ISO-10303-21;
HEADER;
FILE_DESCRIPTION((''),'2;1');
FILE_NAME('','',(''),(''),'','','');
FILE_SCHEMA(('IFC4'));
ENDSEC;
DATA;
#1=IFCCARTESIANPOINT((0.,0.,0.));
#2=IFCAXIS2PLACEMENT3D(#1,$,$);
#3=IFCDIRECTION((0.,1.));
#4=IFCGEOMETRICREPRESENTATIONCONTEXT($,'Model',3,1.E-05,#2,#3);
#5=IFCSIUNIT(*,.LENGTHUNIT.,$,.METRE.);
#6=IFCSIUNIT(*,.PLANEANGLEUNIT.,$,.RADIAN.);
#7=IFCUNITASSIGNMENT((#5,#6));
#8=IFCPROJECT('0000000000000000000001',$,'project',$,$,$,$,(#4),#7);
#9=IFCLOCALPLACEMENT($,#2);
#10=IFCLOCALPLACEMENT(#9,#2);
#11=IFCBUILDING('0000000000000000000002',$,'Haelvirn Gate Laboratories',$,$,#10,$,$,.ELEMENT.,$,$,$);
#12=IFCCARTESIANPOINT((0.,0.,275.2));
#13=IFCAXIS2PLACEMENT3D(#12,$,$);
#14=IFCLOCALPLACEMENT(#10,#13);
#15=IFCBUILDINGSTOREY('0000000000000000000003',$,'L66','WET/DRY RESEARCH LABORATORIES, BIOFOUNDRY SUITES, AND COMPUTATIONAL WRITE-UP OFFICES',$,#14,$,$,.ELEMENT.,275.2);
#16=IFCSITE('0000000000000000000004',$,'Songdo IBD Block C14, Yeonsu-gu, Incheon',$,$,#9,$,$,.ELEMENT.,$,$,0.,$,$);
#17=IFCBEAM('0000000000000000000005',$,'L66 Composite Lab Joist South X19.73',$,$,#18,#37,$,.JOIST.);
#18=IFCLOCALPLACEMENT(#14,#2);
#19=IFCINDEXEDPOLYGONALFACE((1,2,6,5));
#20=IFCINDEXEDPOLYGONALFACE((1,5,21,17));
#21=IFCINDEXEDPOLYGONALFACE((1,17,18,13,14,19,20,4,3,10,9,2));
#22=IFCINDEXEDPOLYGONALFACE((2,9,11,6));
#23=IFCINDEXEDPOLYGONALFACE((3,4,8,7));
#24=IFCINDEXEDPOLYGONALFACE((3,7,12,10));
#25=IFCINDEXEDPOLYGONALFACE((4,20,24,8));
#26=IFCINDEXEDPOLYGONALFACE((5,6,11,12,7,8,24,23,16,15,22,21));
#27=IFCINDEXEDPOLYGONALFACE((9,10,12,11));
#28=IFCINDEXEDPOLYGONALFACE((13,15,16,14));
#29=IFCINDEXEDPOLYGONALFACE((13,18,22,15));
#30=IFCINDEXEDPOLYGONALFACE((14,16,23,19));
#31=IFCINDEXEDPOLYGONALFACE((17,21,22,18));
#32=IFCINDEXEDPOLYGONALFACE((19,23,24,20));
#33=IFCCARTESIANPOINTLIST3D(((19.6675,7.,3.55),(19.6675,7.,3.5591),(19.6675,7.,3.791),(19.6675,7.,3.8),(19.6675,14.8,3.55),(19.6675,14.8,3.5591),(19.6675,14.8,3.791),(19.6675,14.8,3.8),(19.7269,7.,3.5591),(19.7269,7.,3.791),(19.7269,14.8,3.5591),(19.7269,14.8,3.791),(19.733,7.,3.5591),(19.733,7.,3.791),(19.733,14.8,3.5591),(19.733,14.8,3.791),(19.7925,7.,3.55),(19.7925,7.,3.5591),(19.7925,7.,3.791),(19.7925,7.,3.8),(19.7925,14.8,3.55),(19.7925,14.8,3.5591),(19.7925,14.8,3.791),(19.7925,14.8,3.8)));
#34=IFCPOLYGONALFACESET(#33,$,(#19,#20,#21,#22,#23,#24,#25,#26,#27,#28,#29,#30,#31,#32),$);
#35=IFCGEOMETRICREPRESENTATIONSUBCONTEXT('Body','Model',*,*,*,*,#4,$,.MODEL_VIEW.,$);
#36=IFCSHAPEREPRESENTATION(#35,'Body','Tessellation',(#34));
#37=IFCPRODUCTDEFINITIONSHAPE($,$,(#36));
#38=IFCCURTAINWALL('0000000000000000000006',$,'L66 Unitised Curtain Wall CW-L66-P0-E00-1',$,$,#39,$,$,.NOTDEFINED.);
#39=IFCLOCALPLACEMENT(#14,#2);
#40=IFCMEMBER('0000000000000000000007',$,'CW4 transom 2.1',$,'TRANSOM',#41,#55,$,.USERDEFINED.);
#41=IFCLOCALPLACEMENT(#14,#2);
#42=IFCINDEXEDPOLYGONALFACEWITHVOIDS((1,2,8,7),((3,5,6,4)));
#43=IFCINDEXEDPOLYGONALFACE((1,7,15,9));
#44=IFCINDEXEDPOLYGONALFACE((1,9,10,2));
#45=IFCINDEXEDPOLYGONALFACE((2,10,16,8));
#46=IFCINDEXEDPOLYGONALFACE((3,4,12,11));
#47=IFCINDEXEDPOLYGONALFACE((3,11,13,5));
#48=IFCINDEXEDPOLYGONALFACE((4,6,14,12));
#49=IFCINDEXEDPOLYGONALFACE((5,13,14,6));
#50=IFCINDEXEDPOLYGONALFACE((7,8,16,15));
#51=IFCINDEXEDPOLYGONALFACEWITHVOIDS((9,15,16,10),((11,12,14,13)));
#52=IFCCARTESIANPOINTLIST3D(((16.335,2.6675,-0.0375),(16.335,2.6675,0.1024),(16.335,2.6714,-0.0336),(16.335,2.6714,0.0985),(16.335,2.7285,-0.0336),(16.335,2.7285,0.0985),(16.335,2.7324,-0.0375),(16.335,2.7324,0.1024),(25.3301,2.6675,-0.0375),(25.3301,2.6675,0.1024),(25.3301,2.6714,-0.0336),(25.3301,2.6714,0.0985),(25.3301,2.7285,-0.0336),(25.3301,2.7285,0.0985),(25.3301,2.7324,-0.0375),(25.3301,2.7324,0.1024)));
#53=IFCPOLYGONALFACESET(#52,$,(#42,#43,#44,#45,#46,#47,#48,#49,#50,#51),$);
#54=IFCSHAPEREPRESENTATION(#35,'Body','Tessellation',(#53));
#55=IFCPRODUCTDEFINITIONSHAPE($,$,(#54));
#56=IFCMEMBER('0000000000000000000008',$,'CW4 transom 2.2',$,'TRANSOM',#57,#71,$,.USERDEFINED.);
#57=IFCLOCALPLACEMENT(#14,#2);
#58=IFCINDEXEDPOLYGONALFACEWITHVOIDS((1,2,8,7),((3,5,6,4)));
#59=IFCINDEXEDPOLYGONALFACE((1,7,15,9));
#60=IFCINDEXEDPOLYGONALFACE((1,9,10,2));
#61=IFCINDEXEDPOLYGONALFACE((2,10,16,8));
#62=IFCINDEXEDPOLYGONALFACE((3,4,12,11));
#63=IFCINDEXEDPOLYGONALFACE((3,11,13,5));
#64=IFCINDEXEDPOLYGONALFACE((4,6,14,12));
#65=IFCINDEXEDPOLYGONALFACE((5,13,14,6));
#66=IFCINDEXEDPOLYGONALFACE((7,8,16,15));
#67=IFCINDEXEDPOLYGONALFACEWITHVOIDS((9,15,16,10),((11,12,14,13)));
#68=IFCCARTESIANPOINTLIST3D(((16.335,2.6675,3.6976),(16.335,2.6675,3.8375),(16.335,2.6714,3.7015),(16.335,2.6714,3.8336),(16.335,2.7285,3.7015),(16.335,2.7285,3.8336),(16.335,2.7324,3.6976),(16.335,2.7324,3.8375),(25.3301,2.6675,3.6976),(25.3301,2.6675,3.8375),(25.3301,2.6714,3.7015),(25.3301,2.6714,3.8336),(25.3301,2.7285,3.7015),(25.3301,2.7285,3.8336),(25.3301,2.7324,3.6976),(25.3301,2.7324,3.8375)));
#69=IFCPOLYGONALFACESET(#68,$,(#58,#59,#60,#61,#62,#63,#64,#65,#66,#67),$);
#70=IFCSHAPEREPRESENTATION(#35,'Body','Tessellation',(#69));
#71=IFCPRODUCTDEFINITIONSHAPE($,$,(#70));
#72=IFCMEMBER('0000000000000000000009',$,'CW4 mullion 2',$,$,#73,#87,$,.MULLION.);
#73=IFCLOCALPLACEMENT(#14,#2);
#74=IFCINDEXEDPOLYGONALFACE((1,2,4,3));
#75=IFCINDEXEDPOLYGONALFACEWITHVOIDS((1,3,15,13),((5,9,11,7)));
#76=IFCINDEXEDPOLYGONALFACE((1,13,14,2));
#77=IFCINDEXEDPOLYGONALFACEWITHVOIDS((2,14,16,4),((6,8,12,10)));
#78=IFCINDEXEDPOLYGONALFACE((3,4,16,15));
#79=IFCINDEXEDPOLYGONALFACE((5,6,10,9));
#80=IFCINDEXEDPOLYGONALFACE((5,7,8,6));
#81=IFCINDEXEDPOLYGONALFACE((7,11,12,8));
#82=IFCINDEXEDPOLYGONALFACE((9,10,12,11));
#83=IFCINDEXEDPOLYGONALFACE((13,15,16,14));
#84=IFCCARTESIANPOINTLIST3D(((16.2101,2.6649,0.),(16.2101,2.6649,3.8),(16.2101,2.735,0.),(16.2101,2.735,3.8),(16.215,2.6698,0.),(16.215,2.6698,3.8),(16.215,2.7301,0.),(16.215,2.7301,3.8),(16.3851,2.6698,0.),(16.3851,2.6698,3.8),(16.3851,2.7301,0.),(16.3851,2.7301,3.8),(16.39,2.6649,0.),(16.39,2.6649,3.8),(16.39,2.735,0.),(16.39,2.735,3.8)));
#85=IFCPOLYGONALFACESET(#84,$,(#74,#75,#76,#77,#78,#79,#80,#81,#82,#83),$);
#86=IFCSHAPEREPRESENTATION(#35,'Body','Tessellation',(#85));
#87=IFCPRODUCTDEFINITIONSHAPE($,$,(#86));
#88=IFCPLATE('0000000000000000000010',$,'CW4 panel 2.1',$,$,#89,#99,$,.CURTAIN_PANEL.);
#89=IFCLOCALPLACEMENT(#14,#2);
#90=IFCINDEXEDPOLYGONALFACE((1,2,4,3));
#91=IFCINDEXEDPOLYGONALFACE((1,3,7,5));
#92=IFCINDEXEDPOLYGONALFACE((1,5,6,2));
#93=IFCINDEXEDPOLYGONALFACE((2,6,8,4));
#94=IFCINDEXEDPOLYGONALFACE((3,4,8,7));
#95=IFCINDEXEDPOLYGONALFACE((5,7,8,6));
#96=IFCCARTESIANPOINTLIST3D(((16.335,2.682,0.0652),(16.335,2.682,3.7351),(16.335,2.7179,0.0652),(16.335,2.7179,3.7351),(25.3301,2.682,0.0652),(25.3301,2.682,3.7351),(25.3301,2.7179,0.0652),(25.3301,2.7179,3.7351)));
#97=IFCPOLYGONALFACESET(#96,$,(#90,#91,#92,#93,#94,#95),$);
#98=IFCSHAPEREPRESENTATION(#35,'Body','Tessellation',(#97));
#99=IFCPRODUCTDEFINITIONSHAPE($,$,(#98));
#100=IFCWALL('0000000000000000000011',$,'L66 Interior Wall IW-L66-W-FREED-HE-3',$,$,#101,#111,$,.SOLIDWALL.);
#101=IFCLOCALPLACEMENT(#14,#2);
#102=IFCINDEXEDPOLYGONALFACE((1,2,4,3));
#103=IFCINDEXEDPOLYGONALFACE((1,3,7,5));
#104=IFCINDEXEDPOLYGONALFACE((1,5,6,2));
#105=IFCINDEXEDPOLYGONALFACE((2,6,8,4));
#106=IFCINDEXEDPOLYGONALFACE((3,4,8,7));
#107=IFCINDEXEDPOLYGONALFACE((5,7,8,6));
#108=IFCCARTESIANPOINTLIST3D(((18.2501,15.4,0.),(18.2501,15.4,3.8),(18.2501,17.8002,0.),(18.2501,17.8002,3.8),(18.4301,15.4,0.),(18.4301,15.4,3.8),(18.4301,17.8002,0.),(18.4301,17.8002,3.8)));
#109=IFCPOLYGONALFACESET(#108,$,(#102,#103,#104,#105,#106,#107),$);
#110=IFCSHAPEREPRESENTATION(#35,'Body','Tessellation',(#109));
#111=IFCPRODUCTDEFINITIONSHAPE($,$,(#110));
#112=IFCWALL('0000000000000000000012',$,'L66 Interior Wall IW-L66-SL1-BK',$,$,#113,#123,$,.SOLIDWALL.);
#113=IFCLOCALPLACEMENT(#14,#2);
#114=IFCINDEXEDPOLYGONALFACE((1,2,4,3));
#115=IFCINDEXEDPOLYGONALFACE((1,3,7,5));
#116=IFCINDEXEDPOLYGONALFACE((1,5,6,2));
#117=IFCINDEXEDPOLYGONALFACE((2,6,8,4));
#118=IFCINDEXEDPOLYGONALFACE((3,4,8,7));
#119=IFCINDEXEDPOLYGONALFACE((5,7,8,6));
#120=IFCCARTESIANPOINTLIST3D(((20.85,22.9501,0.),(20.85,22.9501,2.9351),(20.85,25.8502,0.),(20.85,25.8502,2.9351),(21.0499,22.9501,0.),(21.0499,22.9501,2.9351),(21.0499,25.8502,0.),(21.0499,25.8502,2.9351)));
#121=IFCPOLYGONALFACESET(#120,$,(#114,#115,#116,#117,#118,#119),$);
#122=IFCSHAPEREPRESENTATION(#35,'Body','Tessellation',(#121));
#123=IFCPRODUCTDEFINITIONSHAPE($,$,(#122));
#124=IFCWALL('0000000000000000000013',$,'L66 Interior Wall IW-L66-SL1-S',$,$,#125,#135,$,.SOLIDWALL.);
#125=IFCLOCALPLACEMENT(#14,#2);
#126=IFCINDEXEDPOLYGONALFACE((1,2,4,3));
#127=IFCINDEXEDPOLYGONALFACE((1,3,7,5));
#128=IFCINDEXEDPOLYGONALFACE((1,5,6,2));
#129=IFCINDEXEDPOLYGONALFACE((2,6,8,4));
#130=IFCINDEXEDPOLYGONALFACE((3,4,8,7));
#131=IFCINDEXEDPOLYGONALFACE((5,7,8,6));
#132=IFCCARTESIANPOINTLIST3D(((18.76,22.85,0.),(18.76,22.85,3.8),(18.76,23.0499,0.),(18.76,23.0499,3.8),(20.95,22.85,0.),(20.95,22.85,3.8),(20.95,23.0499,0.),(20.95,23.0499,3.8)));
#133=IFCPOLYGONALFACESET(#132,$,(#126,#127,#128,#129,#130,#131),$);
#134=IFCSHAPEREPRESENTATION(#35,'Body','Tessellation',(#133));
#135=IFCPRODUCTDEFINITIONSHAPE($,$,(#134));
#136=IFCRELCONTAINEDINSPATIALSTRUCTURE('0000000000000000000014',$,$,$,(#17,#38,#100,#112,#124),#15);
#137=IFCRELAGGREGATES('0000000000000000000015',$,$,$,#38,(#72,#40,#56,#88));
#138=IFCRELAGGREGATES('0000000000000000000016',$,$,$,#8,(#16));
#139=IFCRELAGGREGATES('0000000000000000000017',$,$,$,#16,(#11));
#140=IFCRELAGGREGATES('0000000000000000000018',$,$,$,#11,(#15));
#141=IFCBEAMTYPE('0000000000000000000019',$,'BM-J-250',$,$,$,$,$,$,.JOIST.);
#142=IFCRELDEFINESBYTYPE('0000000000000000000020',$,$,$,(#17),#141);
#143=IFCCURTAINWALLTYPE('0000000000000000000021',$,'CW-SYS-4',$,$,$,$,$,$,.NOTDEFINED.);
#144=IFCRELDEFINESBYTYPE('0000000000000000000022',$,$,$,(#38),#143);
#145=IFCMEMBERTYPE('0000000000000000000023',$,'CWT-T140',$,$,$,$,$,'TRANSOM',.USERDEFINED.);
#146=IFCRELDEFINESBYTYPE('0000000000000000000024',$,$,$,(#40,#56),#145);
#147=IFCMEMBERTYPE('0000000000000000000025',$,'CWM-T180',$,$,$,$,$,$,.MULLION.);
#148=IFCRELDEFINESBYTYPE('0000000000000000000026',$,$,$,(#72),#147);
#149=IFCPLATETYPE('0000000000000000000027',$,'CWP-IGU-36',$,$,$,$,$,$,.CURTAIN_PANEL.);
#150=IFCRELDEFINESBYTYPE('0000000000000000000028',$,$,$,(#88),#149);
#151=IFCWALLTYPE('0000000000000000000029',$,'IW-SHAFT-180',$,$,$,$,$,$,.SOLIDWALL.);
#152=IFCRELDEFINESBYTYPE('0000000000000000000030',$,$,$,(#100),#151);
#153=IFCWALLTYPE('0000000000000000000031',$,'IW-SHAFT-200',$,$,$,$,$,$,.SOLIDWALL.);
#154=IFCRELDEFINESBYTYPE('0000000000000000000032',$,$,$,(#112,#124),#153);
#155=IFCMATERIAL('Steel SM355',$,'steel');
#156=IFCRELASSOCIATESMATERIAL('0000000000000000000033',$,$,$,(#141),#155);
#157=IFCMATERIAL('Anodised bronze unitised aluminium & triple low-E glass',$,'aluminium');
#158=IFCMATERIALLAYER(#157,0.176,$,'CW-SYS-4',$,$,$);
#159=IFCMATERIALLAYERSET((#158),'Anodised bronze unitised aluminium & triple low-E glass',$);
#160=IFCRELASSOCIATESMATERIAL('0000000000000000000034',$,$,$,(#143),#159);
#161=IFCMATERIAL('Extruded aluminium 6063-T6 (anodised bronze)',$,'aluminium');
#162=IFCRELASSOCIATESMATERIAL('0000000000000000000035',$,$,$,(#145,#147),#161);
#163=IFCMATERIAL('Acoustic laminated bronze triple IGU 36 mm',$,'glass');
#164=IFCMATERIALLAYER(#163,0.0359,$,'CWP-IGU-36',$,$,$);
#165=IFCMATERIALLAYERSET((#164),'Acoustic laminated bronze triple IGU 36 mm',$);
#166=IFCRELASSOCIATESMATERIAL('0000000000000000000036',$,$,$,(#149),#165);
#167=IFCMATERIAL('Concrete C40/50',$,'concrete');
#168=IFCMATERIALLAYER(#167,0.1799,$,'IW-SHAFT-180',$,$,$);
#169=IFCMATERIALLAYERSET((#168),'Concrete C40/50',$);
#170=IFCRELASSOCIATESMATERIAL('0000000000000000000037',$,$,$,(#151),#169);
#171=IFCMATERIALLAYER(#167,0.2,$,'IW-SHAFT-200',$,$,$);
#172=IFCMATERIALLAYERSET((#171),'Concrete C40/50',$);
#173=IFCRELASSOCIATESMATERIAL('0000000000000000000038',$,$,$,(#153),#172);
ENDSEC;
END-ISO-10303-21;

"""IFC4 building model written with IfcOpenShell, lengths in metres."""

from ifc_helpers import new_model, si_unit, direction, frame, frame_2d, origin, origin_2d, place, context, subcontext, project, spatial, rectangle, hollow_rectangle, i_section, extrude, source, transform, mapped, material, layer, layer_set, material_profile, profile_set, type_object, type_shapes, element, aggregate, save


model = new_model("IFC4")

# Units and contexts
model_context = context("Model", 3, precision=1e-05, world=origin(), true_north=direction((0.0, 1.0)))
body_context = subcontext(model_context, "Body", "Model", "MODEL_VIEW")
ifc_project = project(units=[si_unit("LENGTHUNIT", "METRE"), si_unit("PLANEANGLEUNIT", "RADIAN")], contexts=[model_context])

# Site, building, storey
site_placement = place(None, origin())
site = spatial("IfcSite", under=ifc_project, at=site_placement, Name="Songdo IBD Block C14, Yeonsu-gu, Incheon", CompositionType="ELEMENT", RefElevation=0.0)
building_placement = place(site_placement, origin())
building = spatial("IfcBuilding", under=site, at=building_placement, Name="Haelvirn Gate Laboratories", CompositionType="ELEMENT")
storey_placement = place(building_placement, frame((0.0, 0.0, 275.2)))
storey = spatial("IfcBuildingStorey", under=building, at=storey_placement, Name="L66", Description="WET/DRY RESEARCH LABORATORIES, BIOFOUNDRY SUITES, AND COMPUTATIONAL WRITE-UP OFFICES", CompositionType="ELEMENT", Elevation=275.2)

# Beam
ifc_material_1 = material(Name="Steel SM355", Category="steel")
ifc_material_profile_1 = material_profile(ifc_material_1, i_section(OverallWidth=0.125, OverallDepth=0.25, WebThickness=0.0061, FlangeThickness=0.009, at=origin_2d()), Name="H-250x125x6x9")
ifc_profile_set_1 = profile_set([ifc_material_profile_1], Name="Steel SM355")
beam_type_1 = type_object("IfcBeamType", Name="BM-J-250", PredefinedType="JOIST", material=ifc_profile_set_1)
shared_shape_1 = source(origin(), body_context, "Body", "SweptSolid", [
    extrude(i_section(OverallWidth=0.125, OverallDepth=0.25, WebThickness=0.0061, FlangeThickness=0.009, at=origin_2d()), origin(), (0.0, 0.0, 1.0), 7.8),
])
type_shapes(beam_type_1, [shared_shape_1])
for number, where, z_axis, x_axis, name in (
    (1, (19.73, 7.0, 3.675), (0.0, 1.0, 0.0), (-1.0, 0.0, 0.0), "L66 Composite Lab Joist South X19.73"),
):
    element("IfcBeam", number, at=place(storey_placement, frame(where, z_axis=z_axis, x_axis=x_axis)), inside=storey, type_object=beam_type_1, Name=name, PredefinedType="JOIST", context=body_context, shape_type="MappedRepresentation", body=[
        mapped(shared_shape_1, transform((0.0, 0.0, 0.0), scale=1.0)),
    ])

# Curtain wall, members, plate
ifc_material_2 = material(Name="Anodised bronze unitised aluminium & triple low-E glass", Category="aluminium")
ifc_layer_1 = layer(ifc_material_2, 0.176, Name="CW-SYS-4")
ifc_layer_set_1 = layer_set([ifc_layer_1], Name="Anodised bronze unitised aluminium & triple low-E glass")
curtain_wall_type = type_object("IfcCurtainWallType", Name="CW-SYS-4", PredefinedType="NOTDEFINED", material=ifc_layer_set_1)
curtain_wall_placement = place(storey_placement, origin())
curtain_wall = element("IfcCurtainWall", 2, at=curtain_wall_placement, inside=storey, type_object=curtain_wall_type, Name="L66 Unitised Curtain Wall CW-L66-P0-E00-1", PredefinedType="NOTDEFINED")
ifc_material_3 = material(Name="Extruded aluminium 6063-T6 (anodised bronze)", Category="aluminium")
ifc_material_profile_2 = material_profile(ifc_material_3, hollow_rectangle(XDim=0.0649, YDim=0.1399, WallThickness=0.0039, at=origin_2d()), Name="CWT-140x65x4")
ifc_profile_set_2 = profile_set([ifc_material_profile_2], Name="Extruded aluminium 6063-T6 (anodised bronze)")
member_type_1 = type_object("IfcMemberType", Name="CWT-T140", ElementType="TRANSOM", PredefinedType="USERDEFINED", material=ifc_profile_set_2)
shared_shape_2 = source(origin(), body_context, "Body", "SweptSolid", [
    extrude(hollow_rectangle(XDim=0.0649, YDim=0.1399, WallThickness=0.0039, at=origin_2d()), origin(), (0.0, 0.0, 1.0), 8.9951),
])
type_shapes(member_type_1, [shared_shape_2])
member_1_placement = place(storey_placement, frame((16.335, 2.7, 0.0325), z_axis=(1.0, 0.0, 0.0), x_axis=(0.0, 1.0, 0.0)))
member_1 = element("IfcMember", 3, at=member_1_placement, type_object=member_type_1, Name="CW4 transom 2.1", ObjectType="TRANSOM", PredefinedType="USERDEFINED", context=body_context, shape_type="MappedRepresentation", body=[
    mapped(shared_shape_2, transform((0.0, 0.0, 0.0), scale=1.0)),
])
member_2_placement = place(storey_placement, frame((16.335, 2.7, 3.7676), z_axis=(1.0, 0.0, 0.0), x_axis=(0.0, 1.0, 0.0)))
member_2 = element("IfcMember", 4, at=member_2_placement, type_object=member_type_1, Name="CW4 transom 2.2", ObjectType="TRANSOM", PredefinedType="USERDEFINED", context=body_context, shape_type="MappedRepresentation", body=[
    mapped(shared_shape_2, transform((0.0, 0.0, 0.0), scale=1.0)),
])
ifc_material_profile_3 = material_profile(ifc_material_3, hollow_rectangle(XDim=0.0701, YDim=0.1799, WallThickness=0.0049, at=origin_2d()), Name="CWM-180x70x5")
ifc_profile_set_3 = profile_set([ifc_material_profile_3], Name="Extruded aluminium 6063-T6 (anodised bronze)")
member_type_2 = type_object("IfcMemberType", Name="CWM-T180", PredefinedType="MULLION", material=ifc_profile_set_3)
shared_shape_3 = source(origin(), body_context, "Body", "SweptSolid", [
    extrude(hollow_rectangle(XDim=0.0701, YDim=0.1799, WallThickness=0.0049, at=origin_2d()), origin(), (0.0, 0.0, 1.0), 3.8),
])
type_shapes(member_type_2, [shared_shape_3])
member_3_placement = place(storey_placement, frame((16.3, 2.7, 0.0), z_axis=(0.0, 0.0, 1.0), x_axis=(0.0, 1.0, 0.0)))
member_3 = element("IfcMember", 5, at=member_3_placement, type_object=member_type_2, Name="CW4 mullion 2", PredefinedType="MULLION", context=body_context, shape_type="MappedRepresentation", body=[
    mapped(shared_shape_3, transform((0.0, 0.0, 0.0), scale=1.0)),
])
ifc_material_4 = material(Name="Acoustic laminated bronze triple IGU 36 mm", Category="glass")
ifc_layer_2 = layer(ifc_material_4, 0.0359, Name="CWP-IGU-36")
ifc_layer_set_2 = layer_set([ifc_layer_2], Name="Acoustic laminated bronze triple IGU 36 mm")
plate_type = type_object("IfcPlateType", Name="CWP-IGU-36", PredefinedType="CURTAIN_PANEL", material=ifc_layer_set_2)
shared_shape_4 = source(origin(), body_context, "Body", "SweptSolid", [
    extrude(rectangle(XDim=8.9951, YDim=0.0359, at=origin_2d()), origin(), (0.0, 0.0, 1.0), 3.6699),
])
type_shapes(plate_type, [shared_shape_4])
plate_placement = place(storey_placement, frame((20.8325, 2.7, 0.0652), z_axis=(0.0, 0.0, 1.0), x_axis=(1.0, 0.0, 0.0)))
plate = element("IfcPlate", 6, at=plate_placement, type_object=plate_type, Name="CW4 panel 2.1", PredefinedType="CURTAIN_PANEL", context=body_context, shape_type="MappedRepresentation", body=[
    mapped(shared_shape_4, transform((0.0, 0.0, 0.0), scale=1.0)),
])
aggregate(curtain_wall, [member_3, member_1, member_2, plate])

# Shared definitions
ifc_material_5 = material(Name="Concrete C40/50", Category="concrete")
ifc_layer_3 = layer(ifc_material_5, 0.1799, Name="IW-SHAFT-180")
ifc_layer_set_3 = layer_set([ifc_layer_3], Name="Concrete C40/50")
wall_type_1 = type_object("IfcWallType", Name="IW-SHAFT-180", PredefinedType="SOLIDWALL", material=ifc_layer_set_3)

# Walls
wall_1_placement = place(storey_placement, frame((18.3401, 15.3999, 0.0), z_axis=(0.0, 0.0, 1.0), x_axis=(0.0, 1.0, 0.0)))
element("IfcWall", 7, at=wall_1_placement, inside=storey, type_object=wall_type_1, Name="L66 Interior Wall IW-L66-W-FREED-HE-3", PredefinedType="SOLIDWALL", context=body_context, shape_type="SweptSolid", body=[
    extrude(rectangle(XDim=2.4001, YDim=0.1799, at=frame_2d((1.2002, 0.0))), origin(), (0.0, 0.0, 1.0), 3.8),
])
ifc_layer_4 = layer(ifc_material_5, 0.2, Name="IW-SHAFT-200")
ifc_layer_set_4 = layer_set([ifc_layer_4], Name="Concrete C40/50")
wall_type_2 = type_object("IfcWallType", Name="IW-SHAFT-200", PredefinedType="SOLIDWALL", material=ifc_layer_set_4)
wall_2_placement = place(storey_placement, frame((20.95, 22.95, 0.0), z_axis=(0.0, 0.0, 1.0), x_axis=(0.0, 1.0, 0.0)))
element("IfcWall", 8, at=wall_2_placement, inside=storey, type_object=wall_type_2, Name="L66 Interior Wall IW-L66-SL1-BK", PredefinedType="SOLIDWALL", context=body_context, shape_type="SweptSolid", body=[
    extrude(rectangle(XDim=2.9001, YDim=0.2, at=frame_2d((1.4502, 0.0))), origin(), (0.0, 0.0, 1.0), 2.9351),
])
wall_3_placement = place(storey_placement, frame((18.76, 22.95, 0.0), z_axis=(0.0, 0.0, 1.0), x_axis=(1.0, 0.0, 0.0)))
element("IfcWall", 9, at=wall_3_placement, inside=storey, type_object=wall_type_2, Name="L66 Interior Wall IW-L66-SL1-S", PredefinedType="SOLIDWALL", context=body_context, shape_type="SweptSolid", body=[
    extrude(rectangle(XDim=2.1899, YDim=0.2, at=frame_2d((1.095, 0.0))), origin(), (0.0, 0.0, 1.0), 3.8),
])

save(model, "model.ifc")
